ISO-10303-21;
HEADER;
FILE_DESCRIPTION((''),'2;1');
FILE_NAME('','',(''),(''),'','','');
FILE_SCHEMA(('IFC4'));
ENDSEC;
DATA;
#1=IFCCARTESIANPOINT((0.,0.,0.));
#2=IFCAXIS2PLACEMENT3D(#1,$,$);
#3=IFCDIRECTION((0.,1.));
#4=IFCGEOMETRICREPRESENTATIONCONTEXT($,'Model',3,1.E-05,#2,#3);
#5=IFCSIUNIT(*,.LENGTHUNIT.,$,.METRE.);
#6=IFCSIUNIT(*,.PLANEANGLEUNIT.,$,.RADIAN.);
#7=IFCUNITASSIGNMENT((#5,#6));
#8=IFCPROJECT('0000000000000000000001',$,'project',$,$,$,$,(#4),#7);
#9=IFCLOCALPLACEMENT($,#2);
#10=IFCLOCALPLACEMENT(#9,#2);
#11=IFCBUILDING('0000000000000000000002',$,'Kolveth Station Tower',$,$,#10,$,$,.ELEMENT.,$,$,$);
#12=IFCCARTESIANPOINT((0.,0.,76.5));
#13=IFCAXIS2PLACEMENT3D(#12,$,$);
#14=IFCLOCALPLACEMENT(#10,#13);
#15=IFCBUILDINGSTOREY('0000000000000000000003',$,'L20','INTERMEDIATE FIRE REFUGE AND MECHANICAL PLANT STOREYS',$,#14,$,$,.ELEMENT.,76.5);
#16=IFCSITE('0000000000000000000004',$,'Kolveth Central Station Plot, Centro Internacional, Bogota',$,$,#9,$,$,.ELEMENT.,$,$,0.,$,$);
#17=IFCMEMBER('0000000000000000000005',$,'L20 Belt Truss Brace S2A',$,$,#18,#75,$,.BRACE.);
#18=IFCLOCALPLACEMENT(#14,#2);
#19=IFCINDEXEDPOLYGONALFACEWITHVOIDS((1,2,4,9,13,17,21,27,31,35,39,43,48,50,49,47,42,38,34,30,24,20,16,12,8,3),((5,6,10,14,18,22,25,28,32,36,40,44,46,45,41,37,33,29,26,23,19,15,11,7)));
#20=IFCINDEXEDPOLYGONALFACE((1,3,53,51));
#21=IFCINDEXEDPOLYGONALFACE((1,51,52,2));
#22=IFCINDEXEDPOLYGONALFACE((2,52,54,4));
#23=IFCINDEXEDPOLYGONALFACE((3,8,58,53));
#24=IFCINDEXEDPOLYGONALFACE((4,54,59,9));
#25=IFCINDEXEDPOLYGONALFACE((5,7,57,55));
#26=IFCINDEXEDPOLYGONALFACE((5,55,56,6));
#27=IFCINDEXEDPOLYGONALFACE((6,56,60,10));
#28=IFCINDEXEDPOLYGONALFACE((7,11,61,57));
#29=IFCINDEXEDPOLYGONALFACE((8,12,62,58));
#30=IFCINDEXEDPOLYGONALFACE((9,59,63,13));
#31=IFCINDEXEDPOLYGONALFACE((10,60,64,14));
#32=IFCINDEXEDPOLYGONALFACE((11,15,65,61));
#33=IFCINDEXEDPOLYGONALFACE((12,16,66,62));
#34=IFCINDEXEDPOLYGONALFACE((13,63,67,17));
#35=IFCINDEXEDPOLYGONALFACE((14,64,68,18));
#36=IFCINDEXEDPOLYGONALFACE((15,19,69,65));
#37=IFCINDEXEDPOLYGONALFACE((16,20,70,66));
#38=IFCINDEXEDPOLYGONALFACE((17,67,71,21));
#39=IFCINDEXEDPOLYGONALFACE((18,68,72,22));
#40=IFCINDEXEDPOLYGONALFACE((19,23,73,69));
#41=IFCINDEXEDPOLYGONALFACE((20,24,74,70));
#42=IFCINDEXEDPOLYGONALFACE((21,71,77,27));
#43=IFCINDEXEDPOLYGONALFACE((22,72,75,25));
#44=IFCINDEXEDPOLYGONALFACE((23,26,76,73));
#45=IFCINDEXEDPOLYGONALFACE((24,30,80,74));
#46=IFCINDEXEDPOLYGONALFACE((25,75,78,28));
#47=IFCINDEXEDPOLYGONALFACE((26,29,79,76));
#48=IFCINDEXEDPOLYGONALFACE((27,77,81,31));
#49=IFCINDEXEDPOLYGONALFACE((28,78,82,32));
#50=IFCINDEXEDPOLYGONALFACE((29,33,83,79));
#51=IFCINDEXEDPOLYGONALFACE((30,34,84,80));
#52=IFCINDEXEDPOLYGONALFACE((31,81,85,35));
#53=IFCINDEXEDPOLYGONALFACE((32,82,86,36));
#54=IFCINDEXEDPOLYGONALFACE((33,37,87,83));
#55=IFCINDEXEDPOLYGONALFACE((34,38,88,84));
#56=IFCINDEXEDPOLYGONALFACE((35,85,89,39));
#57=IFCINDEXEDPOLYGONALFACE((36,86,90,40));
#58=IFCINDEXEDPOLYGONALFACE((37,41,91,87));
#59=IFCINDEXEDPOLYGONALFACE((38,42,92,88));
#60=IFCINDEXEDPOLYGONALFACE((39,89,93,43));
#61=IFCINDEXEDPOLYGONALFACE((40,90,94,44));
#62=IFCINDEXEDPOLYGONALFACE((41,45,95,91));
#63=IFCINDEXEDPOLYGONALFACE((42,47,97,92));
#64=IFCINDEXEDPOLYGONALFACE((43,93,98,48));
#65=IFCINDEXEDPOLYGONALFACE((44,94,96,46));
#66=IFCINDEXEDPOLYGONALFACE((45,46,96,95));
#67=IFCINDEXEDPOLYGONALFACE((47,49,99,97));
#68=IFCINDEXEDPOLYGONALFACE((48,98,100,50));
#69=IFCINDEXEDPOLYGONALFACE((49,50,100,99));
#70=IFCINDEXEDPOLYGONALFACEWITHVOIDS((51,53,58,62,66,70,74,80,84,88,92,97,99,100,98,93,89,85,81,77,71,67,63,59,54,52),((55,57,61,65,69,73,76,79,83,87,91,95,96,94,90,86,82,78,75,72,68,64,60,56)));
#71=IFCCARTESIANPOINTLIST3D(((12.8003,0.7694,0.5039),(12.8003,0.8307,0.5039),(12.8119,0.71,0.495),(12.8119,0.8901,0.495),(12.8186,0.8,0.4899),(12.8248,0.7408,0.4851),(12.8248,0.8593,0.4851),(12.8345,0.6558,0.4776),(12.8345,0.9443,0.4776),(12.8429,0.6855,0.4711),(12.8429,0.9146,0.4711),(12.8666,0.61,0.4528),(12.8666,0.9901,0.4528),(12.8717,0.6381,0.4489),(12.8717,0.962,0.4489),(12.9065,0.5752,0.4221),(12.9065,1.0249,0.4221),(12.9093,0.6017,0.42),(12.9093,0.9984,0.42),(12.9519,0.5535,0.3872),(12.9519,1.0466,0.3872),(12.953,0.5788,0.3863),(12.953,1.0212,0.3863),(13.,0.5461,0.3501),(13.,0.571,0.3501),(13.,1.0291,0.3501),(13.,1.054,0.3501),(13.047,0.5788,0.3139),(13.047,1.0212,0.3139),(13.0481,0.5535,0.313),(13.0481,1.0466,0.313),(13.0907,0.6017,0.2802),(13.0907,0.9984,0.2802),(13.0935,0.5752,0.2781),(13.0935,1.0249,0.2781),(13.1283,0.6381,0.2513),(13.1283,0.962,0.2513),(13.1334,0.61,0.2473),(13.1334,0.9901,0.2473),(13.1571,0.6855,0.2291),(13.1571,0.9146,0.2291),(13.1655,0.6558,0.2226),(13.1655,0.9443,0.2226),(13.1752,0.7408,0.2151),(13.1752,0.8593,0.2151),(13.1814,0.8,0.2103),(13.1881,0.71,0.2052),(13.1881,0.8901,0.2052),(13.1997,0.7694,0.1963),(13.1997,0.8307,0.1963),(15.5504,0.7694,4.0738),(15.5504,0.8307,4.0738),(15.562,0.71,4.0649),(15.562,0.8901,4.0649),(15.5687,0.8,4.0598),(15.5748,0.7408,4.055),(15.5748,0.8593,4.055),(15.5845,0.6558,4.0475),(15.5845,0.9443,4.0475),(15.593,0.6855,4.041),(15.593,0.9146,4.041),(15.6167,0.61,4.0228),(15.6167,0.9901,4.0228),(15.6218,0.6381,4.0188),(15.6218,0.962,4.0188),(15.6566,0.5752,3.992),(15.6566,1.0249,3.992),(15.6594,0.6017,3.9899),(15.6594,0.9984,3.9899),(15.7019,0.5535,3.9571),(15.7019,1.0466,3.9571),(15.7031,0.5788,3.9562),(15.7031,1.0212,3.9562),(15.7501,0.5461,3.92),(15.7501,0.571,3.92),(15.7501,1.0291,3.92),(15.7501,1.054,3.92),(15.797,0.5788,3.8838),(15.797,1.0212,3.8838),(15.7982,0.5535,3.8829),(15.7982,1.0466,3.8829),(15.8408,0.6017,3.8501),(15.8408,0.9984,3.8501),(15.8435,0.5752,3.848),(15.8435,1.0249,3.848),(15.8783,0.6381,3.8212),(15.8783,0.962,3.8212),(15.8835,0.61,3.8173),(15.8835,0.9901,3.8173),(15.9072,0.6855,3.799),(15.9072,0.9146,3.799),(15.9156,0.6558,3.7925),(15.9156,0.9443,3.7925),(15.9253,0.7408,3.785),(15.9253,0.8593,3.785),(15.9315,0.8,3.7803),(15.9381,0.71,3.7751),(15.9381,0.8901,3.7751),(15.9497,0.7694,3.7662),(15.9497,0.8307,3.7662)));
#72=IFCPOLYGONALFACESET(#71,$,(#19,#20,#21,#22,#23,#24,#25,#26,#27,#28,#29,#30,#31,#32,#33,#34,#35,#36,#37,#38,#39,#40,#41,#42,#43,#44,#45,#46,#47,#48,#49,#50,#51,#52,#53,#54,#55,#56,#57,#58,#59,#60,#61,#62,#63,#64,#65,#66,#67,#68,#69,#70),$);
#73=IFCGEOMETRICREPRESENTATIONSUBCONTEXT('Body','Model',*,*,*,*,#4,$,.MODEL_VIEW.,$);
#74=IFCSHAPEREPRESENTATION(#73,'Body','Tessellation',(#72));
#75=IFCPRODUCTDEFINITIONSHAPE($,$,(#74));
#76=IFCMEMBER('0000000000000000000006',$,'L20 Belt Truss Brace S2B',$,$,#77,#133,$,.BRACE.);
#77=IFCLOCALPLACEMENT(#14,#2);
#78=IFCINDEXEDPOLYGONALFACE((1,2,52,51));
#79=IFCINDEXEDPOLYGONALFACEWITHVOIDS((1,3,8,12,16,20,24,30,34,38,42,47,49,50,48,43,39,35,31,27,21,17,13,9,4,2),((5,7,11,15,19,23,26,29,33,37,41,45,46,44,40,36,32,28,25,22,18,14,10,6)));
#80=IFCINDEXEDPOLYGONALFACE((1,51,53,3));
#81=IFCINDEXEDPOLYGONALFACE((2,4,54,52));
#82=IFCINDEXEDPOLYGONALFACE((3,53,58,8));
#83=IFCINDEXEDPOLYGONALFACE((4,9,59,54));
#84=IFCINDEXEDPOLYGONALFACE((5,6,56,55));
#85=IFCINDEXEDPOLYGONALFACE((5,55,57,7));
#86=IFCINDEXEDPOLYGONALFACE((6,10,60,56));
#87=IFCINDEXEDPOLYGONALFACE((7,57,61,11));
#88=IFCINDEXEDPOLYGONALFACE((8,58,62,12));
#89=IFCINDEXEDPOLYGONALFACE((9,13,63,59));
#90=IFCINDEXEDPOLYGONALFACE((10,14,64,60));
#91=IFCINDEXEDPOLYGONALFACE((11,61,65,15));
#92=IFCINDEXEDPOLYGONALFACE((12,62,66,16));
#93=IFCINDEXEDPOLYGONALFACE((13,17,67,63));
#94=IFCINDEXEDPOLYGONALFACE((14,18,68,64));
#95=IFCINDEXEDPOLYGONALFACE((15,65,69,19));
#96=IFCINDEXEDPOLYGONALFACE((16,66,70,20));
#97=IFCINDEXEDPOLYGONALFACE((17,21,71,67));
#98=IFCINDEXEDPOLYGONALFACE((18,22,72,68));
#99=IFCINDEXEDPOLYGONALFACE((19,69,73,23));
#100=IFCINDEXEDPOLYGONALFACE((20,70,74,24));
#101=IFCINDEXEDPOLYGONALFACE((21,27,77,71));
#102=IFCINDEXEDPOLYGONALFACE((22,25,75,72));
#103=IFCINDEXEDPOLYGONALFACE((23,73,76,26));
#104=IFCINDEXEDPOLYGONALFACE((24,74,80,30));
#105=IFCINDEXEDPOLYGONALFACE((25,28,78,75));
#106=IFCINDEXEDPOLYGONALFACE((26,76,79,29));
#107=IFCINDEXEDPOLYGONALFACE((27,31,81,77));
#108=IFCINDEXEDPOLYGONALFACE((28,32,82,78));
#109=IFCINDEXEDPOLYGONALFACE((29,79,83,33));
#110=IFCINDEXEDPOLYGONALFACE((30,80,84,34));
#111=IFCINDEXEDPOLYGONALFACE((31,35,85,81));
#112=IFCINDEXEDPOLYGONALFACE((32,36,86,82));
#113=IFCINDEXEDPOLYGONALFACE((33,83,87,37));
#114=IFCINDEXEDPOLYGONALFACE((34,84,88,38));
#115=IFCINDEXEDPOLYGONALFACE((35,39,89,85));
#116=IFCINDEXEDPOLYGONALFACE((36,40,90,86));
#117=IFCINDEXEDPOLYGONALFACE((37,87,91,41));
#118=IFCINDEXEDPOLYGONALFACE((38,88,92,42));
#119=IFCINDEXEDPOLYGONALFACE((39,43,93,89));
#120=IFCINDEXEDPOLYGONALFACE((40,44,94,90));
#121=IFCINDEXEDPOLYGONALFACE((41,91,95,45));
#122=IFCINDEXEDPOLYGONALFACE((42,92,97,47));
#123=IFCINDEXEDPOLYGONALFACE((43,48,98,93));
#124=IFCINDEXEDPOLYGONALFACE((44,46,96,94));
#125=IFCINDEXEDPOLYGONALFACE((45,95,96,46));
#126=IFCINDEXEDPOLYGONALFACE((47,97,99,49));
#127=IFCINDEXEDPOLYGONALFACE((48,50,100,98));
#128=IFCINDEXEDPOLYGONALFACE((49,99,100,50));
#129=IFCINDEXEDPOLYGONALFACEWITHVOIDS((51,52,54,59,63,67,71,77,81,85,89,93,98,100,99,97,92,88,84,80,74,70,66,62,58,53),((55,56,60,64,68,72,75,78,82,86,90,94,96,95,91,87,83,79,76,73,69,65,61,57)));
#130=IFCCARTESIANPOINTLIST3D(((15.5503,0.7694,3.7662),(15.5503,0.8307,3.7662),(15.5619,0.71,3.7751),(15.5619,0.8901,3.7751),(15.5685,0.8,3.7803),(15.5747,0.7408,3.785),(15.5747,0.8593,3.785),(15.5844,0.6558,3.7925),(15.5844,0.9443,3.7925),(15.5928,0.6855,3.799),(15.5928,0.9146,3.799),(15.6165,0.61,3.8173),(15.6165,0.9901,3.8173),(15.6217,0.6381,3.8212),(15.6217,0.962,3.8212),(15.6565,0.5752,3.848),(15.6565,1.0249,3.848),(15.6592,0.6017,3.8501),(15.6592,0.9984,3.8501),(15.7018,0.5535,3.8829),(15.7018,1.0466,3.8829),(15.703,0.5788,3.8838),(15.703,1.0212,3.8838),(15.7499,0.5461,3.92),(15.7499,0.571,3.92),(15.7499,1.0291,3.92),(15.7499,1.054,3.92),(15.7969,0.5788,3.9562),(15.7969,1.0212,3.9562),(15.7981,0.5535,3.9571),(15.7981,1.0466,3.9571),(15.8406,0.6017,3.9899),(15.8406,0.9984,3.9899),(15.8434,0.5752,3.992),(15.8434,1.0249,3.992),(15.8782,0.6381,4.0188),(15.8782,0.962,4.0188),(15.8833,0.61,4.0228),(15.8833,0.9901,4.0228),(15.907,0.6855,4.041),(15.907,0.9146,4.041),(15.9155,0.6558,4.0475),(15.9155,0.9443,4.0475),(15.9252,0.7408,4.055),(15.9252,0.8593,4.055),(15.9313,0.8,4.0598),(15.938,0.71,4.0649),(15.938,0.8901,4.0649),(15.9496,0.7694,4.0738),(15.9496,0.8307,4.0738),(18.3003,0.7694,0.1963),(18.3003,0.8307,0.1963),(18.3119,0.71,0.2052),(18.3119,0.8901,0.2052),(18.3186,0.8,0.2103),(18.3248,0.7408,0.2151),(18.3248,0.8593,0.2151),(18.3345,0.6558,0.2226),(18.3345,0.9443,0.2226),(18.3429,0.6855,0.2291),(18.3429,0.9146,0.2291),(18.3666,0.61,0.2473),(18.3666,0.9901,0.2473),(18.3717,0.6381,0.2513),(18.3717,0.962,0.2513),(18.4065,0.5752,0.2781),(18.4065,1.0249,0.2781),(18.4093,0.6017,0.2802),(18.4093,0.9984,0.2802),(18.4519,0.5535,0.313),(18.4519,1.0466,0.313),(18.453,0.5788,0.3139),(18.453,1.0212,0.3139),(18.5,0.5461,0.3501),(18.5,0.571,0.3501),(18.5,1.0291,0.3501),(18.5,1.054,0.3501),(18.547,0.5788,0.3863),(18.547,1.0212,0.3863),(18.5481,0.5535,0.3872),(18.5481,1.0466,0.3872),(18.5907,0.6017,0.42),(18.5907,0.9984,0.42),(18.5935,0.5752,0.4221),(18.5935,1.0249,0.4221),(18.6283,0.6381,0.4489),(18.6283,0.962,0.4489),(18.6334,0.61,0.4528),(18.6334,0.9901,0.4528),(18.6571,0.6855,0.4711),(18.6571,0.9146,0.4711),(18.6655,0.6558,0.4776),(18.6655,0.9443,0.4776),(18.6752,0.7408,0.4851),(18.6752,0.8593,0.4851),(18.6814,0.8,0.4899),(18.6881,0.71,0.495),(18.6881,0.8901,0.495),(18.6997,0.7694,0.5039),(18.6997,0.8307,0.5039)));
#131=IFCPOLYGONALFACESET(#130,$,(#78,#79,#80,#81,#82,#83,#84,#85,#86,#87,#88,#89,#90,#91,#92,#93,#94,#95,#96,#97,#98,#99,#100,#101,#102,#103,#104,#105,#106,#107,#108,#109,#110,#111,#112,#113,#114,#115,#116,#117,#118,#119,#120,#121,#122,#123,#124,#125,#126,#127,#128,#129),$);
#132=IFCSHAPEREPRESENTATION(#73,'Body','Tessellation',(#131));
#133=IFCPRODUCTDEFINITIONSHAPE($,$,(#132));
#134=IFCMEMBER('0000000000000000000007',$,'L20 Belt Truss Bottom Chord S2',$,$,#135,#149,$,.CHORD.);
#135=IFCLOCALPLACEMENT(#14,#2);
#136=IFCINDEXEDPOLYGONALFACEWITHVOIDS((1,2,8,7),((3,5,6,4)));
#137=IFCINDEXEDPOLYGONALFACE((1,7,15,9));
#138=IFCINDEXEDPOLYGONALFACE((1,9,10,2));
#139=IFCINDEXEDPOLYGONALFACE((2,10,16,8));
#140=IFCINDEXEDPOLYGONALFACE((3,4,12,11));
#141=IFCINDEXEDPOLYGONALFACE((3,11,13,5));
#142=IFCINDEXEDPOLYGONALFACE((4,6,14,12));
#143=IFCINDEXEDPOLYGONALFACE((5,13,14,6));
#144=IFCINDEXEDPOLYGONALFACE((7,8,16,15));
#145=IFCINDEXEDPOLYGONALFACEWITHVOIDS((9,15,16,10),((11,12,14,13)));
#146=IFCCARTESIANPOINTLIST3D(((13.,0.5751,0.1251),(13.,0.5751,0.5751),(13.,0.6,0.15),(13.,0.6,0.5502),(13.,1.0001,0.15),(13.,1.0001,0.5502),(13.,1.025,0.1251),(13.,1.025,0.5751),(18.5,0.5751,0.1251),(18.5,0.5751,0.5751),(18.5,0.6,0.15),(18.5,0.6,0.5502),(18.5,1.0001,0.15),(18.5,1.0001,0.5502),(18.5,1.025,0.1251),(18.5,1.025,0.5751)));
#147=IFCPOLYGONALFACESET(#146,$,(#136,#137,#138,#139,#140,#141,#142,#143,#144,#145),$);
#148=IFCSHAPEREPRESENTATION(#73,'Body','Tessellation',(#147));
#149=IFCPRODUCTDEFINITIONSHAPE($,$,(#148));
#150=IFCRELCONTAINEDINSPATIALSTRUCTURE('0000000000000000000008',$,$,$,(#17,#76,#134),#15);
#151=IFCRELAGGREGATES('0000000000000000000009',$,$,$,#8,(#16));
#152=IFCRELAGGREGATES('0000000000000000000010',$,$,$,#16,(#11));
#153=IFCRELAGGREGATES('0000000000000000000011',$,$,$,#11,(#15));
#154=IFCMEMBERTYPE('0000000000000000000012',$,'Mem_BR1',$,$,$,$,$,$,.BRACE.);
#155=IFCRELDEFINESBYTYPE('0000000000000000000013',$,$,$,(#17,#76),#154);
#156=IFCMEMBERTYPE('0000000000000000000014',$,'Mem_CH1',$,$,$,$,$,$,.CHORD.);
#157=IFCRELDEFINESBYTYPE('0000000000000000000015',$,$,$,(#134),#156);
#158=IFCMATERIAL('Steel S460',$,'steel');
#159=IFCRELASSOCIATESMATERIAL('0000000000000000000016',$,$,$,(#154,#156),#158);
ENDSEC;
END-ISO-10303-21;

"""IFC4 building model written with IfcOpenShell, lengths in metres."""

from ifc_helpers import new_model, si_unit, direction, frame, origin, origin_2d, place, context, subcontext, project, spatial, hollow_rectangle, hollow_circle, extrude, source, transform, mapped, material, material_profile, profile_set, type_object, element, save


model = new_model("IFC4")

# Units and contexts
model_context = context("Model", 3, precision=1e-05, world=origin(), true_north=direction((0.0, 1.0)))
body_context = subcontext(model_context, "Body", "Model", "MODEL_VIEW")
ifc_project = project(units=[si_unit("LENGTHUNIT", "METRE"), si_unit("PLANEANGLEUNIT", "RADIAN")], contexts=[model_context])

# Site, building, storey
site_placement = place(None, origin())
site = spatial("IfcSite", under=ifc_project, at=site_placement, Name="Kolveth Central Station Plot, Centro Internacional, Bogota", CompositionType="ELEMENT", RefElevation=0.0)
building_placement = place(site_placement, origin())
building = spatial("IfcBuilding", under=site, at=building_placement, Name="Kolveth Station Tower", CompositionType="ELEMENT")
storey_placement = place(building_placement, frame((0.0, 0.0, 76.5)))
storey = spatial("IfcBuildingStorey", under=building, at=storey_placement, Name="L20", Description="INTERMEDIATE FIRE REFUGE AND MECHANICAL PLANT STOREYS", CompositionType="ELEMENT", Elevation=76.5)

# Shared definitions
ifc_material_1 = material(Name="Steel S460", Category="steel")

# Members
ifc_material_profile_1 = material_profile(ifc_material_1, hollow_circle(Radius=0.2539, WallThickness=0.0249, at=origin_2d()), Name="CHS508x25")
ifc_profile_set_1 = profile_set([ifc_material_profile_1], Name="Steel S460")
member_type_1 = type_object("IfcMemberType", Name="Mem_BR1", PredefinedType="BRACE", material=ifc_profile_set_1)
shared_shape_1 = source(origin(), body_context, "Body", "SweptSolid", [
    extrude(hollow_circle(Radius=0.2539, WallThickness=0.0249, at=origin_2d()), origin(), (0.0, 0.0, 1.0), 4.5063),
])
for number, where, z_axis, x_axis, name in (
    (1, (13.0, 0.8, 0.3501), (0.610266, 0.0, 0.792197), (0.0, 1.0, 0.0), "L20 Belt Truss Brace S2A"),
    (2, (18.5, 0.8, 0.3501), (-0.610266, 0.0, 0.792197), (0.0, -1.0, 0.0), "L20 Belt Truss Brace S2B"),
):
    element("IfcMember", number, at=place(storey_placement, frame(where, z_axis=z_axis, x_axis=x_axis)), inside=storey, type_object=member_type_1, Name=name, PredefinedType="BRACE", context=body_context, shape_type="MappedRepresentation", body=[
        mapped(shared_shape_1, transform((0.0, 0.0, 0.0), x_axis=(1.0, 0.0, 0.0), y_axis=(0.0, 1.0, 0.0), z_axis=(0.0, 0.0, 1.0), scale=1.0)),
    ])
ifc_material_profile_2 = material_profile(ifc_material_1, hollow_rectangle(XDim=0.45, YDim=0.45, WallThickness=0.0249, at=origin_2d()), Name="HSS450x450x25")
ifc_profile_set_2 = profile_set([ifc_material_profile_2], Name="Steel S460")
member_type_2 = type_object("IfcMemberType", Name="Mem_CH1", PredefinedType="CHORD", material=ifc_profile_set_2)
shared_shape_2 = source(origin(), body_context, "Body", "SweptSolid", [
    extrude(hollow_rectangle(XDim=0.45, YDim=0.45, WallThickness=0.0249, at=origin_2d()), origin(), (0.0, 0.0, 1.0), 5.5),
])
member_1_placement = place(storey_placement, frame((13.0, 0.8, 0.3501), z_axis=(1.0, 0.0, 0.0), x_axis=(0.0, 1.0, 0.0)))
element("IfcMember", 3, at=member_1_placement, inside=storey, type_object=member_type_2, Name="L20 Belt Truss Bottom Chord S2", PredefinedType="CHORD", context=body_context, shape_type="MappedRepresentation", body=[
    mapped(shared_shape_2, transform((0.0, 0.0, 0.0), x_axis=(1.0, 0.0, 0.0), y_axis=(0.0, 1.0, 0.0), z_axis=(0.0, 0.0, 1.0), scale=1.0)),
])

save(model, "model.ifc")
